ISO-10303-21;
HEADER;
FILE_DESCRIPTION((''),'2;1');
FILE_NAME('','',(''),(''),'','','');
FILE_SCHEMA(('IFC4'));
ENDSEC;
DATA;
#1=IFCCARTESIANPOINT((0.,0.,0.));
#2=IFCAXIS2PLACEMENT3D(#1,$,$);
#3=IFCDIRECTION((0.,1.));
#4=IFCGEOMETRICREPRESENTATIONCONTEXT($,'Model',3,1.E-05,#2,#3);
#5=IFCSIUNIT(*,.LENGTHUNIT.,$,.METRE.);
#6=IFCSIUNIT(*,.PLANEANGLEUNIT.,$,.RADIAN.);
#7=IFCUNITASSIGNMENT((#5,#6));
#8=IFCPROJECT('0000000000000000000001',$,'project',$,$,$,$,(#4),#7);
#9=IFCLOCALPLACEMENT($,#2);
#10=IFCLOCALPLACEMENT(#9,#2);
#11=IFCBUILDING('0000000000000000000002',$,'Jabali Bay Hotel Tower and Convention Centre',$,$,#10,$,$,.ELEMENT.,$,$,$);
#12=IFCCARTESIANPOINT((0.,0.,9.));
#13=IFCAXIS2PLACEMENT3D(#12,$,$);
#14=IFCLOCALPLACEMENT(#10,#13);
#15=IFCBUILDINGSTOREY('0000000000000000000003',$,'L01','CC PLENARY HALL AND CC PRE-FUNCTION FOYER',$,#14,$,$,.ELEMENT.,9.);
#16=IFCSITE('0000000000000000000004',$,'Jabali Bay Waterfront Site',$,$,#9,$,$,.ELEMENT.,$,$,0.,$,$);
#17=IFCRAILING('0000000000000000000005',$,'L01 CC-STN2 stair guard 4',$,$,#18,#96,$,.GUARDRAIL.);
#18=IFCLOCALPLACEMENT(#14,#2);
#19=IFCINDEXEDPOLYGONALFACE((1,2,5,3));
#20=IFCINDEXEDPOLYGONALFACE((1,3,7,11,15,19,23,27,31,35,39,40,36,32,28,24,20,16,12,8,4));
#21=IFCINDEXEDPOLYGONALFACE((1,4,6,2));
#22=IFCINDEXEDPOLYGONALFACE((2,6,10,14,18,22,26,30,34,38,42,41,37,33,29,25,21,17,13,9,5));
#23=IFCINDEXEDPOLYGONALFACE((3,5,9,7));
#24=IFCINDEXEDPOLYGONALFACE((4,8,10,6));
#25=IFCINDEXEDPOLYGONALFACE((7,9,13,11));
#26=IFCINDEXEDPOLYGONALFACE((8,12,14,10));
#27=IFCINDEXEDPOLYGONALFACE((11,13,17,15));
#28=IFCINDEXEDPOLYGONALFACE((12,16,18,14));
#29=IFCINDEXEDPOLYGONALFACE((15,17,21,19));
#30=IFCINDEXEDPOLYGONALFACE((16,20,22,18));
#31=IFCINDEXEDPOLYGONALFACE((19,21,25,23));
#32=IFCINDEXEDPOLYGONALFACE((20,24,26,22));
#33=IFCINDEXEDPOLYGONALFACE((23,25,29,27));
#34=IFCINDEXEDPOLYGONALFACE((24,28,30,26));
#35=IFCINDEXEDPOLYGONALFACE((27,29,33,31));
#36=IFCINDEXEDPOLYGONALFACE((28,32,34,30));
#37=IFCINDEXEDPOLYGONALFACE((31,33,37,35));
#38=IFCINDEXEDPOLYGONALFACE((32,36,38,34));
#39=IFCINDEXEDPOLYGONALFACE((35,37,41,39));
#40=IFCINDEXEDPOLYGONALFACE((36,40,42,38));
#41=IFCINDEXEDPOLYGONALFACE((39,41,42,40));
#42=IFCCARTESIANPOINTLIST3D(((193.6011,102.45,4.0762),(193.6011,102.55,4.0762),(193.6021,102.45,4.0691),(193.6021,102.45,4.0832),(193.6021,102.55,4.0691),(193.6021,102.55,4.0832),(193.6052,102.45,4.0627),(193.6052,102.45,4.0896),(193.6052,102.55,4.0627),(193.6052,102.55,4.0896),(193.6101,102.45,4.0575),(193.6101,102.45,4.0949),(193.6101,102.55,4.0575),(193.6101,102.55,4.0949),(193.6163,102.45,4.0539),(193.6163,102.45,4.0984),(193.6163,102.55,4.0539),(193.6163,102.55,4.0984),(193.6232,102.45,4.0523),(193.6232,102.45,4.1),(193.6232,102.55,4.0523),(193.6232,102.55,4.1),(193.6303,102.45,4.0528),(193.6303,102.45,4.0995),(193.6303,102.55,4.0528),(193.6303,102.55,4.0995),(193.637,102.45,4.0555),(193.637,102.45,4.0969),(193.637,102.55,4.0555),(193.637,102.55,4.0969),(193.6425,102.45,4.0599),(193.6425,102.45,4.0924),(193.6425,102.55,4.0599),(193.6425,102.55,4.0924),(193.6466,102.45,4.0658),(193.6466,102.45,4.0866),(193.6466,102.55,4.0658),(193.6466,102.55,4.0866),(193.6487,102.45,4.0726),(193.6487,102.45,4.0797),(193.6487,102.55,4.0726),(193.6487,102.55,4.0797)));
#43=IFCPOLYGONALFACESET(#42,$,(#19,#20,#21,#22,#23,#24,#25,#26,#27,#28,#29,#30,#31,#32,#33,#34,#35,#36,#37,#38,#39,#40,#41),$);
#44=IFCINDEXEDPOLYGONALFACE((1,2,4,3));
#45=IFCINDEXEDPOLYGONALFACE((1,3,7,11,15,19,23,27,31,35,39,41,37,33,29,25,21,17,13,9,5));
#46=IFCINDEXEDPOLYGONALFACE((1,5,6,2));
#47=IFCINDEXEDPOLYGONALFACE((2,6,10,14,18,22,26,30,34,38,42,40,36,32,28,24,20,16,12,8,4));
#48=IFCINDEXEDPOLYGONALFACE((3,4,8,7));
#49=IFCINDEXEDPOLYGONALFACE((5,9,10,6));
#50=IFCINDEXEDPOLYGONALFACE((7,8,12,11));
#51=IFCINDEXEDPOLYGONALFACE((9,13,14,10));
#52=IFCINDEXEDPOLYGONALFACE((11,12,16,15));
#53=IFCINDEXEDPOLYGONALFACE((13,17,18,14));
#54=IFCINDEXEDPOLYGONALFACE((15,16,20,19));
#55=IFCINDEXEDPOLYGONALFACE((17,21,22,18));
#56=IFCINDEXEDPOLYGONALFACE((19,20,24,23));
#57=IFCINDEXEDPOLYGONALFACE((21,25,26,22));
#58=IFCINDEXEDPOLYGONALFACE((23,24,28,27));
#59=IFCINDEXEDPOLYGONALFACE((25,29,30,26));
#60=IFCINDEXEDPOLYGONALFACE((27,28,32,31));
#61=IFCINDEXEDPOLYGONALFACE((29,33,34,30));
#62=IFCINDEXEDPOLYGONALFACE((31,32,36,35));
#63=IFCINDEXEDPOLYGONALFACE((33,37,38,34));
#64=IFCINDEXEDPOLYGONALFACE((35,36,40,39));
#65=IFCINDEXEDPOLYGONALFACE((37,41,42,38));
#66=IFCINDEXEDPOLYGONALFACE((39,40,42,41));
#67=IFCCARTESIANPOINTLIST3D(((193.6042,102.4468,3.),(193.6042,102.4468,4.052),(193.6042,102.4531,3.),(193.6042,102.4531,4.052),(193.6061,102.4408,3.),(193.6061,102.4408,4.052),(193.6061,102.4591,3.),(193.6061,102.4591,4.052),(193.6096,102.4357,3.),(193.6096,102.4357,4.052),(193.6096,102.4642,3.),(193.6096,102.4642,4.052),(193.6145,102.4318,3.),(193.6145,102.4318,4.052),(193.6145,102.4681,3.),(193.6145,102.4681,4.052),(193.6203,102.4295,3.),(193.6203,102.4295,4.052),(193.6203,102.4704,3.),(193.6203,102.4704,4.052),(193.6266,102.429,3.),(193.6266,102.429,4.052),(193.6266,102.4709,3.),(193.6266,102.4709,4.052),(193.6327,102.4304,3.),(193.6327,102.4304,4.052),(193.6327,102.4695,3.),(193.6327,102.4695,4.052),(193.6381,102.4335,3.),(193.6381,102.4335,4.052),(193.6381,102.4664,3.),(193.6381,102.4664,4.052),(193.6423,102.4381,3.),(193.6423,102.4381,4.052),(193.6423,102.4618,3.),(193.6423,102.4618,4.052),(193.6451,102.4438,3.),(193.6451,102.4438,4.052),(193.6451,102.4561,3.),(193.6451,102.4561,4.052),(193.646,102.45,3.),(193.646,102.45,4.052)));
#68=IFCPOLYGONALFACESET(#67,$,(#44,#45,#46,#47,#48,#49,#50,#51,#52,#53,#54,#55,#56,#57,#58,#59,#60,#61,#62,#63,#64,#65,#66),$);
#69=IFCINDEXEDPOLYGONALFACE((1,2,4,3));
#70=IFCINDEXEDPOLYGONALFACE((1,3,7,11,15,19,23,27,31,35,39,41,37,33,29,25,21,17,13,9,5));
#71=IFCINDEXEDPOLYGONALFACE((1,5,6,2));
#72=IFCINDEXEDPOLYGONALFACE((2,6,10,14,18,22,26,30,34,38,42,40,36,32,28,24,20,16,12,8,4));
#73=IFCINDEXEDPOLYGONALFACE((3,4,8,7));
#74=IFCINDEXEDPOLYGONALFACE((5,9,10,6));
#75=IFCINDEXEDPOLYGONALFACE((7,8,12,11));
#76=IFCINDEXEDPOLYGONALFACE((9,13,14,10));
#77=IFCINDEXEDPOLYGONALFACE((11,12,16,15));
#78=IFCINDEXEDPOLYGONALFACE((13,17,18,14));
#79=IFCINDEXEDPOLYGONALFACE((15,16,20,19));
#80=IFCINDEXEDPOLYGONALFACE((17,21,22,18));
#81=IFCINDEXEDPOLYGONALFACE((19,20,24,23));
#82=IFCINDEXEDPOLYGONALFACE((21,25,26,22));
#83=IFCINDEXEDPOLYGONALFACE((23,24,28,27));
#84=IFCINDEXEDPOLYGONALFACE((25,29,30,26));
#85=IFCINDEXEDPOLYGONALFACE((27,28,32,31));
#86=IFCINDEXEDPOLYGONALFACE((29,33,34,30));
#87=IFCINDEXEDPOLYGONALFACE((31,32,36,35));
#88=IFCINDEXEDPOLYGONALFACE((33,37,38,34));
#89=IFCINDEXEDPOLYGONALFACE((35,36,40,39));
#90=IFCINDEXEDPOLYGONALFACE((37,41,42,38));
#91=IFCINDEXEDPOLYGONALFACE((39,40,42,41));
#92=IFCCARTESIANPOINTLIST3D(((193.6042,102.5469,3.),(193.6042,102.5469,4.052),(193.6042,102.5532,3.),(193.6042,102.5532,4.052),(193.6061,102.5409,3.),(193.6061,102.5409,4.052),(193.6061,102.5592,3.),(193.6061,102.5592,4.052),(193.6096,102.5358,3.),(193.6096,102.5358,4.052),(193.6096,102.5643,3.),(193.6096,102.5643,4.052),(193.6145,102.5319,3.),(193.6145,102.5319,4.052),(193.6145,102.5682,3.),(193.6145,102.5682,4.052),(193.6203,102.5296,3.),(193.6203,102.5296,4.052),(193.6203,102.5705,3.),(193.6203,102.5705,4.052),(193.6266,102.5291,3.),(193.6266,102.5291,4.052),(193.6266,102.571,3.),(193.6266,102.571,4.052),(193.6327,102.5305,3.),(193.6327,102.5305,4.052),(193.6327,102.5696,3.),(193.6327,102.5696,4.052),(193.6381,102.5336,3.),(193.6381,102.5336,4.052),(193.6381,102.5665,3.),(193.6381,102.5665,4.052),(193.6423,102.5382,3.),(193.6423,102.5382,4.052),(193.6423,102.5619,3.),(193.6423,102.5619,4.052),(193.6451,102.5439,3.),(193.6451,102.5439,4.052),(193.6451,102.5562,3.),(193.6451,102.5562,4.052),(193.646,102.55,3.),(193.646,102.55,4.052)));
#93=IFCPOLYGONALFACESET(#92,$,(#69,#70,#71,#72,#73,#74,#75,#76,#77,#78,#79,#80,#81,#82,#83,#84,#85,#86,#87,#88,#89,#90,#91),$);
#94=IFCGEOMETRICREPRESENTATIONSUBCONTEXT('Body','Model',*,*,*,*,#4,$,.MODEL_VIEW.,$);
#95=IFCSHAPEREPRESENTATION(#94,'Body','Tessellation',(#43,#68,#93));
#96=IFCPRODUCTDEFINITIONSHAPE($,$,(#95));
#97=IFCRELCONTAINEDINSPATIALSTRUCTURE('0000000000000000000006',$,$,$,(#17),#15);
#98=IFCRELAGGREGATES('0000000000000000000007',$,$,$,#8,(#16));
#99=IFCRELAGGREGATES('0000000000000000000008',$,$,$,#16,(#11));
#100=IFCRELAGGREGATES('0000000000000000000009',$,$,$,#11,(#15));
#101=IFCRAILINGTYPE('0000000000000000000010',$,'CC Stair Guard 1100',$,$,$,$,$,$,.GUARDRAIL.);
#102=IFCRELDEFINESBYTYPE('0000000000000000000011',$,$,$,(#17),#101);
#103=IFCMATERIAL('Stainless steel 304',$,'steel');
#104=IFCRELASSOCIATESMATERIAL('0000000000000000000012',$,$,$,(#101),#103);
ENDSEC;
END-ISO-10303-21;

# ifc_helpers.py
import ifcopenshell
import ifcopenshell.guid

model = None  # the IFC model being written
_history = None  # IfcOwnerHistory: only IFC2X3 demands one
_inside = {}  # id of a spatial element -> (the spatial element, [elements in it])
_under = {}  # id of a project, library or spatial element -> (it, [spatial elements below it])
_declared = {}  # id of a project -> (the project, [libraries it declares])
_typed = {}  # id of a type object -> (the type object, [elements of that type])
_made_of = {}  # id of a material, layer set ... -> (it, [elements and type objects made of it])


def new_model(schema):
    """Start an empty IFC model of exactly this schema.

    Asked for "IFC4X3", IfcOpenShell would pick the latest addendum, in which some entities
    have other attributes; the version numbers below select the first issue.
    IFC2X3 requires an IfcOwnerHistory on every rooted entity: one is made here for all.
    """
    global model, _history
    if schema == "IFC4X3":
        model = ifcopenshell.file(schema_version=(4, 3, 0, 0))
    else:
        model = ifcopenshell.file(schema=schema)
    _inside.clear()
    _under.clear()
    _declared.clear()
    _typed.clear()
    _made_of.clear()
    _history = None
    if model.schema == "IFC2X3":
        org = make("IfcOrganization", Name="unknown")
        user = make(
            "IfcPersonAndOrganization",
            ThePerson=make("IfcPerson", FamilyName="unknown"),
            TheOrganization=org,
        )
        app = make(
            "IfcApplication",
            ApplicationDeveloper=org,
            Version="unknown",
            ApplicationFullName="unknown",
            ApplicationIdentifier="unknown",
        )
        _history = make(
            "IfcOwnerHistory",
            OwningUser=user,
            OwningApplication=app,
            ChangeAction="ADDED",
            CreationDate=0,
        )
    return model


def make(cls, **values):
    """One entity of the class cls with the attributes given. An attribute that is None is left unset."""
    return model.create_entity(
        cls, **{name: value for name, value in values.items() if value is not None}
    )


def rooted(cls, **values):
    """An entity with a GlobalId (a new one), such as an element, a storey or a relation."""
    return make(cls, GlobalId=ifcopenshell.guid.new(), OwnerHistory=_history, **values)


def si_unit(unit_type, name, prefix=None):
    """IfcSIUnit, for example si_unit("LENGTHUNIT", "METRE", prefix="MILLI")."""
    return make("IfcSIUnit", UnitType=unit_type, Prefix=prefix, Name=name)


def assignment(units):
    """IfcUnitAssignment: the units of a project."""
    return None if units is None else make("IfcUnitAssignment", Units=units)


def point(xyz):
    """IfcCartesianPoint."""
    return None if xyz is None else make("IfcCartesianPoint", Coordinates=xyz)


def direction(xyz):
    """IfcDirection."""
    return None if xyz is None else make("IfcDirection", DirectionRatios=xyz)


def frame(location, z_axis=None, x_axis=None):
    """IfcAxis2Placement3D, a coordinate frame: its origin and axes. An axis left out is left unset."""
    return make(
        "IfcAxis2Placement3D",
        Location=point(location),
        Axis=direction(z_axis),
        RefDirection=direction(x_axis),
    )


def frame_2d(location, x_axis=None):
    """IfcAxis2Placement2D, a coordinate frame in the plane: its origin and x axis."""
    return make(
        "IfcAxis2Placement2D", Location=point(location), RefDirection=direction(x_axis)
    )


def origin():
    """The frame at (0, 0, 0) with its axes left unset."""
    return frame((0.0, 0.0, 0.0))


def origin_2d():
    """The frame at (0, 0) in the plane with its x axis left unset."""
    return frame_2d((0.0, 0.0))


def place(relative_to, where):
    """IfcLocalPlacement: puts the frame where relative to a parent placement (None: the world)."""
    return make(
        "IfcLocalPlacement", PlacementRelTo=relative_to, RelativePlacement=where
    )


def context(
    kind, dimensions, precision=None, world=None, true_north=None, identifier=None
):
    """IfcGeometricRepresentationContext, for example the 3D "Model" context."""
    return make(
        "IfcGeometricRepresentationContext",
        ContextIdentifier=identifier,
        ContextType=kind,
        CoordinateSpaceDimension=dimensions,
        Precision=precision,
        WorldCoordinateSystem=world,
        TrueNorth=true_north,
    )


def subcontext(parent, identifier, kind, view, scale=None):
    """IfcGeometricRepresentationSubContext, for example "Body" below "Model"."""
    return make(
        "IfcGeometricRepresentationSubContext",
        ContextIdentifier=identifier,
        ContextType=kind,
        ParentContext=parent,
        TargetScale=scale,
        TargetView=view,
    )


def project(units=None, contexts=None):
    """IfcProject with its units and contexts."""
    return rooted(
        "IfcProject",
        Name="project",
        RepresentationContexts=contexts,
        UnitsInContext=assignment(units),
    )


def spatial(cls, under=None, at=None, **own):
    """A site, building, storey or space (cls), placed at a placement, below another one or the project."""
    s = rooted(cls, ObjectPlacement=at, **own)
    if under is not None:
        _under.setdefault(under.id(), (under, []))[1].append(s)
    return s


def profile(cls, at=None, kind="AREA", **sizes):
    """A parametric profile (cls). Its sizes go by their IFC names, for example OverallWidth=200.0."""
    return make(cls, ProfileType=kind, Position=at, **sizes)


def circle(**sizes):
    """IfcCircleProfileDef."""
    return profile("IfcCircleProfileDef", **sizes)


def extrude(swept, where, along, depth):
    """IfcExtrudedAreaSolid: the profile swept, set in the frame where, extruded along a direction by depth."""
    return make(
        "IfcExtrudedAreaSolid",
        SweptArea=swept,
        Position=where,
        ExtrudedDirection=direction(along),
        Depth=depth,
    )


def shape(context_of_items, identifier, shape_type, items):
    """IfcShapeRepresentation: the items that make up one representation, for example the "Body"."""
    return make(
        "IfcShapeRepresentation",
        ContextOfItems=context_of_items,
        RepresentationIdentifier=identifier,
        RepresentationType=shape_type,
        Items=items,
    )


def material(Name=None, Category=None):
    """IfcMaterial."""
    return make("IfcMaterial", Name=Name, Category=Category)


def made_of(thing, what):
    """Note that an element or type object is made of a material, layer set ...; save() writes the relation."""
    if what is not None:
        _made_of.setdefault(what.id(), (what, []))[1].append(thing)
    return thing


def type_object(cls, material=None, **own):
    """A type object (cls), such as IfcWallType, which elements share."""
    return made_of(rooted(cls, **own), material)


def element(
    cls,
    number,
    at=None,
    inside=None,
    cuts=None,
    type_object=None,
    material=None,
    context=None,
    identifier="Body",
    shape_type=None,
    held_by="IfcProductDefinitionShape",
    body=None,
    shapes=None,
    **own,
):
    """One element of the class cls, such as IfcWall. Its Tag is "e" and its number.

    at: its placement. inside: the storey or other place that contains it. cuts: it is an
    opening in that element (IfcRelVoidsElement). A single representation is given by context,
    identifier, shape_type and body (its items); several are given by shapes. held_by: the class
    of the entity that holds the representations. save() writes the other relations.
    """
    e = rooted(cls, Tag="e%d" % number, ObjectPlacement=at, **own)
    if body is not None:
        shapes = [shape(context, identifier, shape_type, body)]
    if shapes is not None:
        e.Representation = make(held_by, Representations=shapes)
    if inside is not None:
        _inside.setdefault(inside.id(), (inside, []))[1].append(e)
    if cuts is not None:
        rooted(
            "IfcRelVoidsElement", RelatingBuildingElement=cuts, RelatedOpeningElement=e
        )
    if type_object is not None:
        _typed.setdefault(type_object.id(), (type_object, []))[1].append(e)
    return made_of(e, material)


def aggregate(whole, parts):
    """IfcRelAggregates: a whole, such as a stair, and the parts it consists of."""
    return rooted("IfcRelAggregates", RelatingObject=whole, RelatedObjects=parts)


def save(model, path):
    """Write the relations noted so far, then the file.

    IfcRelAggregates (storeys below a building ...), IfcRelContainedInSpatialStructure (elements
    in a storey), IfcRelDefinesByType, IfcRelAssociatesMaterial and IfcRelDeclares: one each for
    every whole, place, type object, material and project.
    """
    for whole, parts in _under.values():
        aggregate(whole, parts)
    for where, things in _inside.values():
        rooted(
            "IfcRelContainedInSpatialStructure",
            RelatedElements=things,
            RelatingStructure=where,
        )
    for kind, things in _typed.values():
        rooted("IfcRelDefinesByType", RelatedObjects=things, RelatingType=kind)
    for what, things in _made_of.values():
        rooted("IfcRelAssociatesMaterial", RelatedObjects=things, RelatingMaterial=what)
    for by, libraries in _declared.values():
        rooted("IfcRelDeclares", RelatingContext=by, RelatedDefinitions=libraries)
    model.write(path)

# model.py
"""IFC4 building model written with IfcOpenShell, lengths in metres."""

from ifc_helpers import new_model, si_unit, direction, frame, origin, origin_2d, place, context, subcontext, project, spatial, circle, extrude, material, type_object, element, save


model = new_model("IFC4")

# Units and contexts
model_context = context("Model", 3, precision=1e-05, world=origin(), true_north=direction((0.0, 1.0)))
body_context = subcontext(model_context, "Body", "Model", "MODEL_VIEW")
ifc_project = project(units=[si_unit("LENGTHUNIT", "METRE"), si_unit("PLANEANGLEUNIT", "RADIAN")], contexts=[model_context])

# Site, building, storey
site_placement = place(None, origin())
site = spatial("IfcSite", under=ifc_project, at=site_placement, Name="Jabali Bay Waterfront Site", CompositionType="ELEMENT", RefElevation=0.0)
building_placement = place(site_placement, origin())
building = spatial("IfcBuilding", under=site, at=building_placement, Name="Jabali Bay Hotel Tower and Convention Centre", CompositionType="ELEMENT")
storey_placement = place(building_placement, frame((0.0, 0.0, 9.0)))
storey = spatial("IfcBuildingStorey", under=building, at=storey_placement, Name="L01", Description="CC PLENARY HALL AND CC PRE-FUNCTION FOYER", CompositionType="ELEMENT", Elevation=9.0)

# Railing
ifc_material_1 = material(Name="Stainless steel 304", Category="steel")
railing_type_1 = type_object("IfcRailingType", Name="CC Stair Guard 1100", PredefinedType="GUARDRAIL", material=ifc_material_1)
railing_1_placement = place(storey_placement, frame((193.625, 102.45, 3.0)))
element("IfcRailing", 1, at=railing_1_placement, inside=storey, type_object=railing_type_1, Name="L01 CC-STN2 stair guard 4", PredefinedType="GUARDRAIL", context=body_context, shape_type="SweptSolid", body=[
    extrude(circle(Radius=0.0239, at=origin_2d()), frame((0.0, 0.0, 1.0762), z_axis=(0.0, 1.0, 0.0), x_axis=(-1.0, 0.0, 0.0)), (0.0, 0.0, 1.0), 0.1001),
    extrude(circle(Radius=0.021, at=origin_2d()), origin(), (0.0, 0.0, 1.0), 1.052),
    extrude(circle(Radius=0.021, at=origin_2d()), frame((0.0, 0.1001, 0.0)), (0.0, 0.0, 1.0), 1.052),
])

save(model, "model.ifc")
